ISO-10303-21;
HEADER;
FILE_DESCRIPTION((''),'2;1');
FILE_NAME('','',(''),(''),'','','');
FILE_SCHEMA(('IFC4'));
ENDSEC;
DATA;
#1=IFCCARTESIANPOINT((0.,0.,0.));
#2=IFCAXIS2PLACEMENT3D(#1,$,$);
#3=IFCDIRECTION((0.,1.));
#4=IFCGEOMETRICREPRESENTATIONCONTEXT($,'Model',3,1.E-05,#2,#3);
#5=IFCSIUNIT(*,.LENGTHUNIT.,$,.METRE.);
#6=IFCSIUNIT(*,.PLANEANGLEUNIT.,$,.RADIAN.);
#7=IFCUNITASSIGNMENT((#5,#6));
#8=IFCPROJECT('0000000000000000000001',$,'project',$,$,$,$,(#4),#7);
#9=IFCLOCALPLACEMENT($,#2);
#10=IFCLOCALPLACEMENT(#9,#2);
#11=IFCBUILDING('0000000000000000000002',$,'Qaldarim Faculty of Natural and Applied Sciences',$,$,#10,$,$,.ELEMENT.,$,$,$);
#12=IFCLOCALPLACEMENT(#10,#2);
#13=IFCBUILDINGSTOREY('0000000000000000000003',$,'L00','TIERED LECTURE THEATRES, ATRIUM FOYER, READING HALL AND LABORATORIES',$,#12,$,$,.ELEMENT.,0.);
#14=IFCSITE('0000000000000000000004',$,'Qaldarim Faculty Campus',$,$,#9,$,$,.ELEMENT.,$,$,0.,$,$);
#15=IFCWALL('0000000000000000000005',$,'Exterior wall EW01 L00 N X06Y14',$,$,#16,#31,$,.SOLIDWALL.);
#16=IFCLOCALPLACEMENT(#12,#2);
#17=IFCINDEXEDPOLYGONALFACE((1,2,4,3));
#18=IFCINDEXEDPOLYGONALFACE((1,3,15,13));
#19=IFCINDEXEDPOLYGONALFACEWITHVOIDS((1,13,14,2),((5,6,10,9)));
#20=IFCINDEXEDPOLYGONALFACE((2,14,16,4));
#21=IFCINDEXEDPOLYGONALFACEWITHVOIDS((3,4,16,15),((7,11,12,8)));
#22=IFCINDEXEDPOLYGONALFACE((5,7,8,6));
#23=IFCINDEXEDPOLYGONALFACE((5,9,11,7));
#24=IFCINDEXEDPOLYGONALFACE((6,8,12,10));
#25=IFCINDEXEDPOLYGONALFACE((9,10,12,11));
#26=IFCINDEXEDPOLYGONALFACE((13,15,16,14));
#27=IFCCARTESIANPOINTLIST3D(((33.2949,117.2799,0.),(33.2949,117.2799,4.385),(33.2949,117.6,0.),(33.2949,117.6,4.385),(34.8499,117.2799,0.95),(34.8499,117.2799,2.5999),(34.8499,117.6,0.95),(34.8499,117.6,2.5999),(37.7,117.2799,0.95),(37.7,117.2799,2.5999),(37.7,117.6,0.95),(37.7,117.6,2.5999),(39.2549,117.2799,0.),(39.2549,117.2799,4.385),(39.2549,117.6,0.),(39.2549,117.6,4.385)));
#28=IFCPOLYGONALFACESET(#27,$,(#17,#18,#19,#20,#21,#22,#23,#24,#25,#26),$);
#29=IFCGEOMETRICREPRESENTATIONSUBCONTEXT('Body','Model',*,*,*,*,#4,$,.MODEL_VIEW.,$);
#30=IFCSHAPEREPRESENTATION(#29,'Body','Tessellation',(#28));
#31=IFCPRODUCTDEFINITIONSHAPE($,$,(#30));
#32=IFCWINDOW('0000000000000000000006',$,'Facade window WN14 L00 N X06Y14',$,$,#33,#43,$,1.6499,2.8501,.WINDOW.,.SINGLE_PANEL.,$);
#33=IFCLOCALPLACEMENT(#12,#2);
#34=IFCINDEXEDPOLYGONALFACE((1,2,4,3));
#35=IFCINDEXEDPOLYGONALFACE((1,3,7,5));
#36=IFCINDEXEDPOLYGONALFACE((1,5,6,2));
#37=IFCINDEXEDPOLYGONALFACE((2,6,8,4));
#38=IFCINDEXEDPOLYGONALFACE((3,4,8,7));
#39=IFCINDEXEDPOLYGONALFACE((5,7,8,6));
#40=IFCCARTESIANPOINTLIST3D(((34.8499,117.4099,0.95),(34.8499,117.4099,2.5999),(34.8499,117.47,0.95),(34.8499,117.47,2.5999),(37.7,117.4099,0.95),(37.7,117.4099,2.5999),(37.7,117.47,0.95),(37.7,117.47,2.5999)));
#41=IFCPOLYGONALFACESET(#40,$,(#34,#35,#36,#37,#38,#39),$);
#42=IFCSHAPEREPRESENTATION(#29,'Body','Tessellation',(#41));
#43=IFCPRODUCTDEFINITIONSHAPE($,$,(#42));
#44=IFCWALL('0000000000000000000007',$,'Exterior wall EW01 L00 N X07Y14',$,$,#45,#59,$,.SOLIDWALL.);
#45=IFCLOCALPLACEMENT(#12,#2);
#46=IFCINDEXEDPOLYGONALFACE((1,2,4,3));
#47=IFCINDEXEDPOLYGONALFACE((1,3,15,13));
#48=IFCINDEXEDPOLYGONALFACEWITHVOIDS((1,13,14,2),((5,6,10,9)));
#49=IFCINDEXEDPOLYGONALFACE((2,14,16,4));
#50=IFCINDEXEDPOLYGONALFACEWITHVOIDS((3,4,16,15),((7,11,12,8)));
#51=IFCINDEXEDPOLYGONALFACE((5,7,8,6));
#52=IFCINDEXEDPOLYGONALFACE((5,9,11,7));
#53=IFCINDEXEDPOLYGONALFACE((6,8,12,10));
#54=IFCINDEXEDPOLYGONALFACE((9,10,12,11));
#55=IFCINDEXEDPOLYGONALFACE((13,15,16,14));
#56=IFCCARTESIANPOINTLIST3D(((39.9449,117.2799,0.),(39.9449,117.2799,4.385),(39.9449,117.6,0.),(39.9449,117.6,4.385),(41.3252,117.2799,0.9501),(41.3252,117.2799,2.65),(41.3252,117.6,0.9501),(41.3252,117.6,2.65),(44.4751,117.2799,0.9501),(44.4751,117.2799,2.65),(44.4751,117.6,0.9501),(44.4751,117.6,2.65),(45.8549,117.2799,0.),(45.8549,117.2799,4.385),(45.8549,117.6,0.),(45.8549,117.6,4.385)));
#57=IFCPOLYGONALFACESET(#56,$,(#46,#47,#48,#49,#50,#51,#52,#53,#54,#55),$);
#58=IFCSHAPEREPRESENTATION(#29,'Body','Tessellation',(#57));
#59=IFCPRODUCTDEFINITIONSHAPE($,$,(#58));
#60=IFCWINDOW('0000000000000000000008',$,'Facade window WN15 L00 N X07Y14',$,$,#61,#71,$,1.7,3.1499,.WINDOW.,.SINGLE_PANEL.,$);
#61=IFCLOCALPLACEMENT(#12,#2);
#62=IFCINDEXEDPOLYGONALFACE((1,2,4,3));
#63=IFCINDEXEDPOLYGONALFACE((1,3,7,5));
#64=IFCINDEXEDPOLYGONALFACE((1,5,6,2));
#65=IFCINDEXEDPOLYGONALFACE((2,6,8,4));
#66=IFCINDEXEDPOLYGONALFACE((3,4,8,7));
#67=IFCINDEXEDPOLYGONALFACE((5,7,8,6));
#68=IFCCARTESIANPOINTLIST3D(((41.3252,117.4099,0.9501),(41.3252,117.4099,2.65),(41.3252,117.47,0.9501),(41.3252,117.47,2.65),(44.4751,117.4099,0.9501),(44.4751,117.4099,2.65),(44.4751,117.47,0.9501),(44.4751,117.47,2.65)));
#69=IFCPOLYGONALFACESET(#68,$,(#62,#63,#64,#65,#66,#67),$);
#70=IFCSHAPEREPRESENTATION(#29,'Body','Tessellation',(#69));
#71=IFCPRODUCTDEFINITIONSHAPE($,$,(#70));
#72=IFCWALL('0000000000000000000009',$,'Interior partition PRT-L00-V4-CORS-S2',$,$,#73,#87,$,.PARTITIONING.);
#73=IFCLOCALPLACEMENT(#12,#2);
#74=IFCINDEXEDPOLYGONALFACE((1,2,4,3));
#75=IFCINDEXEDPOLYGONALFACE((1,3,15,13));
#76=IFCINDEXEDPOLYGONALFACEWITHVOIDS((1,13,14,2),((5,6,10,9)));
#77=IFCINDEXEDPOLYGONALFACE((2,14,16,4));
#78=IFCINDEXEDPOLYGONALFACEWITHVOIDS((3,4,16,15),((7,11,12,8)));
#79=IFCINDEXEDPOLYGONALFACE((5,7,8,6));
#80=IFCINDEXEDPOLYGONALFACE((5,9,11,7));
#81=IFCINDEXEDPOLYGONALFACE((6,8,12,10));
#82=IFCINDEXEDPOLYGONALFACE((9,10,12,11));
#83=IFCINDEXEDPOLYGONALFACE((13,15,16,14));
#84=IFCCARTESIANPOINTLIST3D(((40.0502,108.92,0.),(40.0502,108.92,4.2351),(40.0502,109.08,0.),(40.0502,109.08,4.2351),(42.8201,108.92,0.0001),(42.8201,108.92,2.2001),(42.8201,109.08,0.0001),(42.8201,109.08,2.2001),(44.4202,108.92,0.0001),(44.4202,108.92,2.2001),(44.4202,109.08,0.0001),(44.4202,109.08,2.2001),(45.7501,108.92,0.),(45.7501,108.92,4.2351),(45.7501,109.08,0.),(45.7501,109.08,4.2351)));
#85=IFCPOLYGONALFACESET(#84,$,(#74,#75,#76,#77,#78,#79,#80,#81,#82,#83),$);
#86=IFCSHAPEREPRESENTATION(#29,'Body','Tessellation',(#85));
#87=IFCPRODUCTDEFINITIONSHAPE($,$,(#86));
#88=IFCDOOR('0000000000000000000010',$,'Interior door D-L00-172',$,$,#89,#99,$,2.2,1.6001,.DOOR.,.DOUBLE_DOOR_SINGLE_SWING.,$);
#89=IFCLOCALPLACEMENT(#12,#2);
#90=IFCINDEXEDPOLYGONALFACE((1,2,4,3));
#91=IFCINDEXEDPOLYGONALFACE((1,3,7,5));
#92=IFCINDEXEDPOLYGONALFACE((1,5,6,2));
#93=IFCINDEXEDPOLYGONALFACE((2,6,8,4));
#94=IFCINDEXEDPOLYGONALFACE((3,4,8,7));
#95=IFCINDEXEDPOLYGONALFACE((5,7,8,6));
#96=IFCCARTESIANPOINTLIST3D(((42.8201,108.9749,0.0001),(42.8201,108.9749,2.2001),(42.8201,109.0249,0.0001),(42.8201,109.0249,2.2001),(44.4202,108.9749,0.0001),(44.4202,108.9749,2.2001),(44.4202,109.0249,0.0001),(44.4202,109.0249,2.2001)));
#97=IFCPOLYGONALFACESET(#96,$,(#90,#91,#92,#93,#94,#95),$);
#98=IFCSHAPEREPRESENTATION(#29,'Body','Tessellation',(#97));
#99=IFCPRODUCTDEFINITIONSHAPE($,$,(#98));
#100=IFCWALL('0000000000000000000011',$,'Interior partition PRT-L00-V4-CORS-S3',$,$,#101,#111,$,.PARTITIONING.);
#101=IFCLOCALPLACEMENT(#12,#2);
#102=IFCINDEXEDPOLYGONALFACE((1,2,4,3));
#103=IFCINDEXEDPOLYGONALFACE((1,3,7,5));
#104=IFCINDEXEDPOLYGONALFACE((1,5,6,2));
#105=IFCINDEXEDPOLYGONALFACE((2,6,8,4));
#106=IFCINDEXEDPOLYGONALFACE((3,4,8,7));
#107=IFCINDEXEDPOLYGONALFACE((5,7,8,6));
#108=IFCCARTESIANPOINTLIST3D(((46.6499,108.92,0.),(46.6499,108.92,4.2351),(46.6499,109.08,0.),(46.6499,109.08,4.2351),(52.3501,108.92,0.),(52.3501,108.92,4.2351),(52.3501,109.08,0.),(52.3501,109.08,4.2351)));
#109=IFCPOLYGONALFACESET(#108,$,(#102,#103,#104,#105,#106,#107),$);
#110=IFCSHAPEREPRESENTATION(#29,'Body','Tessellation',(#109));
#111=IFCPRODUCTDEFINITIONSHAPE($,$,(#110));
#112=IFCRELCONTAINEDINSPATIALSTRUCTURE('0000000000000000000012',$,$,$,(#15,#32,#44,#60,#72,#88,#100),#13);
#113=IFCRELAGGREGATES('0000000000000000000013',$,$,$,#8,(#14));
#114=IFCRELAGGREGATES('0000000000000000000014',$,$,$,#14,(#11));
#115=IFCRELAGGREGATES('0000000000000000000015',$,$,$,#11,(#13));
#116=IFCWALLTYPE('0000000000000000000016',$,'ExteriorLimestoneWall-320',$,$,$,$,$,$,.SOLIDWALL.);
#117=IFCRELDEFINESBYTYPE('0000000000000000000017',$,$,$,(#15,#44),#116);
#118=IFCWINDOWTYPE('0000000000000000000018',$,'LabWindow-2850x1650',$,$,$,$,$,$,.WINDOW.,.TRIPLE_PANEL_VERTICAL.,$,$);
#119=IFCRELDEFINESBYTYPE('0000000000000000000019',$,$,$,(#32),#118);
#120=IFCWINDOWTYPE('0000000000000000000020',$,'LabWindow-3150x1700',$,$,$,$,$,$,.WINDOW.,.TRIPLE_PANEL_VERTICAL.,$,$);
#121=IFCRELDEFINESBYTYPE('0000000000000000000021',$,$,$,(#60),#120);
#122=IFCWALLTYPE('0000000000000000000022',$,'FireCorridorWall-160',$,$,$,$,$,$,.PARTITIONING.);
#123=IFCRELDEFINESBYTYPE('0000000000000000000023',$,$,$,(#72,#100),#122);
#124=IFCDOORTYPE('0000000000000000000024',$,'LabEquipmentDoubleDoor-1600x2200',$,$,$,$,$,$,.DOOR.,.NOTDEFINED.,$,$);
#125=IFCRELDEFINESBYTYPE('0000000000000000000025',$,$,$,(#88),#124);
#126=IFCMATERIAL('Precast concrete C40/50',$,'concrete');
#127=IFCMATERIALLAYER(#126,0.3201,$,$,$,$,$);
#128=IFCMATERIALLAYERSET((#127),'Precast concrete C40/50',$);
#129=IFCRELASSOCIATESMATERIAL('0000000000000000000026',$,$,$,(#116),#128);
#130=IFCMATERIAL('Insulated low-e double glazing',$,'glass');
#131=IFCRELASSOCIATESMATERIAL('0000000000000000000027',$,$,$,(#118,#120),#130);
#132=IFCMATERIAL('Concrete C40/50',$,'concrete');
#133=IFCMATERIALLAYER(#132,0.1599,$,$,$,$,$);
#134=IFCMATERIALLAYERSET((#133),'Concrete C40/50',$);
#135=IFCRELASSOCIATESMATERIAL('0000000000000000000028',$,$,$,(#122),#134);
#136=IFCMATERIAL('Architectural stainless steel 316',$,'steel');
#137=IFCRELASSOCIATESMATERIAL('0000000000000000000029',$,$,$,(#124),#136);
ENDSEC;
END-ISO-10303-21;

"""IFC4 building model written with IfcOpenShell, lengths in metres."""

from ifc_helpers import new_model, si_unit, direction, frame, frame_2d, origin, place, context, subcontext, project, spatial, rectangle, extrude, material, layer, layer_set, type_object, element, fill, save


model = new_model("IFC4")

# Units and contexts
model_context = context("Model", 3, precision=1e-05, world=origin(), true_north=direction((0.0, 1.0)))
body_context = subcontext(model_context, "Body", "Model", "MODEL_VIEW")
ifc_project = project(units=[si_unit("LENGTHUNIT", "METRE"), si_unit("PLANEANGLEUNIT", "RADIAN")], contexts=[model_context])

# Site, building, storey
site_placement = place(None, origin())
site = spatial("IfcSite", under=ifc_project, at=site_placement, Name="Qaldarim Faculty Campus", CompositionType="ELEMENT", RefElevation=0.0)
building_placement = place(site_placement, origin())
building = spatial("IfcBuilding", under=site, at=building_placement, Name="Qaldarim Faculty of Natural and Applied Sciences", CompositionType="ELEMENT")
storey_placement = place(building_placement, origin())
storey = spatial("IfcBuildingStorey", under=building, at=storey_placement, Name="L00", Description="TIERED LECTURE THEATRES, ATRIUM FOYER, READING HALL AND LABORATORIES", CompositionType="ELEMENT", Elevation=0.0)

# Shared definitions
ifc_material_1 = material(Name="Concrete C40/50", Category="concrete")

# Walls, openings, windows
ifc_material_2 = material(Name="Precast concrete C40/50", Category="concrete")
ifc_layer_1 = layer(ifc_material_2, 0.3201)
ifc_layer_set_1 = layer_set([ifc_layer_1], Name="Precast concrete C40/50")
wall_type_1 = type_object("IfcWallType", Name="ExteriorLimestoneWall-320", PredefinedType="SOLIDWALL", material=ifc_layer_set_1)
wall_1_placement = place(storey_placement, frame((39.2549, 117.4399, 0.0), z_axis=(0.0, 0.0, 1.0), x_axis=(-1.0, 0.0, 0.0)))
wall_1 = element("IfcWall", 1, at=wall_1_placement, inside=storey, type_object=wall_type_1, Name="Exterior wall EW01 L00 N X06Y14", PredefinedType="SOLIDWALL", context=body_context, shape_type="SweptSolid", body=[
    extrude(rectangle(XDim=5.96, YDim=0.3201, at=frame_2d((2.98, 0.0))), origin(), (0.0, 0.0, 1.0), 4.385),
])
opening_1_placement = place(wall_1_placement, frame((1.5549, 0.0, 0.95)))
opening_1 = element("IfcOpeningElement", 2, at=opening_1_placement, cuts=wall_1, PredefinedType="OPENING", context=body_context, shape_type="SweptSolid", body=[
    extrude(rectangle(XDim=2.8501, YDim=1.6499, at=frame_2d((1.425, 0.825))), frame((0.0, 0.1699, 0.0), z_axis=(0.0, -1.0, 0.0), x_axis=(1.0, 0.0, 0.0)), (0.0, 0.0, 1.0), 0.3401),
])
ifc_material_3 = material(Name="Insulated low-e double glazing", Category="glass")
window_type_1 = type_object("IfcWindowType", Name="LabWindow-2850x1650", PartitioningType="TRIPLE_PANEL_VERTICAL", PredefinedType="WINDOW", material=ifc_material_3)
window_1_placement = place(opening_1_placement, origin())
window_1 = element("IfcWindow", 3, at=window_1_placement, inside=storey, type_object=window_type_1, Name="Facade window WN14 L00 N X06Y14", OverallHeight=1.6499, OverallWidth=2.8501, PartitioningType="SINGLE_PANEL", PredefinedType="WINDOW", context=body_context, shape_type="SweptSolid", body=[
    extrude(rectangle(XDim=2.8501, YDim=1.6499, at=frame_2d((1.425, 0.825))), frame((0.0, 0.03, 0.0), z_axis=(0.0, -1.0, 0.0), x_axis=(1.0, 0.0, 0.0)), (0.0, 0.0, 1.0), 0.0601),
])
fill(opening_1, window_1)
wall_2_placement = place(storey_placement, frame((45.855, 117.4399, 0.0), z_axis=(0.0, 0.0, 1.0), x_axis=(-1.0, 0.0, 0.0)))
wall_2 = element("IfcWall", 4, at=wall_2_placement, inside=storey, type_object=wall_type_1, Name="Exterior wall EW01 L00 N X07Y14", PredefinedType="SOLIDWALL", context=body_context, shape_type="SweptSolid", body=[
    extrude(rectangle(XDim=5.9099, YDim=0.3201, at=frame_2d((2.9551, 0.0))), origin(), (0.0, 0.0, 1.0), 4.385),
])
opening_2_placement = place(wall_2_placement, frame((1.3799, 0.0, 0.95)))
opening_2 = element("IfcOpeningElement", 5, at=opening_2_placement, cuts=wall_2, PredefinedType="OPENING", context=body_context, shape_type="SweptSolid", body=[
    extrude(rectangle(XDim=3.1499, YDim=1.7, at=frame_2d((1.575, 0.8501))), frame((0.0, 0.1699, 0.0), z_axis=(0.0, -1.0, 0.0), x_axis=(1.0, 0.0, 0.0)), (0.0, 0.0, 1.0), 0.3401),
])
window_type_2 = type_object("IfcWindowType", Name="LabWindow-3150x1700", PartitioningType="TRIPLE_PANEL_VERTICAL", PredefinedType="WINDOW", material=ifc_material_3)
window_2_placement = place(opening_2_placement, origin())
window_2 = element("IfcWindow", 6, at=window_2_placement, inside=storey, type_object=window_type_2, Name="Facade window WN15 L00 N X07Y14", OverallHeight=1.7, OverallWidth=3.1499, PartitioningType="SINGLE_PANEL", PredefinedType="WINDOW", context=body_context, shape_type="SweptSolid", body=[
    extrude(rectangle(XDim=3.1499, YDim=1.7, at=frame_2d((1.575, 0.8501))), frame((0.0, 0.03, 0.0), z_axis=(0.0, -1.0, 0.0), x_axis=(1.0, 0.0, 0.0)), (0.0, 0.0, 1.0), 0.0601),
])
fill(opening_2, window_2)

# Wall, opening, door
ifc_layer_2 = layer(ifc_material_1, 0.1599)
ifc_layer_set_2 = layer_set([ifc_layer_2], Name="Concrete C40/50")
wall_type_2 = type_object("IfcWallType", Name="FireCorridorWall-160", PredefinedType="PARTITIONING", material=ifc_layer_set_2)
wall_3_placement = place(storey_placement, frame((40.05, 109.0, 0.0), z_axis=(0.0, 0.0, 1.0), x_axis=(1.0, 0.0, 0.0)))
wall_3 = element("IfcWall", 7, at=wall_3_placement, inside=storey, type_object=wall_type_2, Name="Interior partition PRT-L00-V4-CORS-S2", PredefinedType="PARTITIONING", context=body_context, shape_type="SweptSolid", body=[
    extrude(rectangle(XDim=5.7, YDim=0.1599, at=frame_2d((2.8501, 0.0))), origin(), (0.0, 0.0, 1.0), 4.2351),
])
opening_3_placement = place(wall_3_placement, frame((2.77, 0.0, 0.0)))
opening_3 = element("IfcOpeningElement", 8, at=opening_3_placement, cuts=wall_3, PredefinedType="OPENING", context=body_context, shape_type="SweptSolid", body=[
    extrude(rectangle(XDim=1.6001, YDim=2.2, at=frame_2d((0.8, 1.1001))), frame((0.0, 0.0898, 0.0), z_axis=(0.0, -1.0, 0.0), x_axis=(1.0, 0.0, 0.0)), (0.0, 0.0, 1.0), 0.1799),
])
ifc_material_4 = material(Name="Architectural stainless steel 316", Category="steel")
door_type = type_object("IfcDoorType", Name="LabEquipmentDoubleDoor-1600x2200", OperationType="NOTDEFINED", PredefinedType="DOOR", material=ifc_material_4)
door_placement = place(opening_3_placement, origin())
door = element("IfcDoor", 9, at=door_placement, inside=storey, type_object=door_type, Name="Interior door D-L00-172", OperationType="DOUBLE_DOOR_SINGLE_SWING", OverallHeight=2.2, OverallWidth=1.6001, PredefinedType="DOOR", context=body_context, shape_type="SweptSolid", body=[
    extrude(rectangle(XDim=1.6001, YDim=2.2, at=frame_2d((0.8, 1.1001))), frame((0.0, 0.0249, 0.0), z_axis=(0.0, -1.0, 0.0), x_axis=(1.0, 0.0, 0.0)), (0.0, 0.0, 1.0), 0.05),
])
fill(opening_3, door)

# Wall
wall_4_placement = place(storey_placement, frame((46.6499, 109.0, 0.0), z_axis=(0.0, 0.0, 1.0), x_axis=(1.0, 0.0, 0.0)))
element("IfcWall", 10, at=wall_4_placement, inside=storey, type_object=wall_type_2, Name="Interior partition PRT-L00-V4-CORS-S3", PredefinedType="PARTITIONING", context=body_context, shape_type="SweptSolid", body=[
    extrude(rectangle(XDim=5.7002, YDim=0.1599, at=frame_2d((2.8501, 0.0))), origin(), (0.0, 0.0, 1.0), 4.2351),
])

save(model, "model.ifc")
